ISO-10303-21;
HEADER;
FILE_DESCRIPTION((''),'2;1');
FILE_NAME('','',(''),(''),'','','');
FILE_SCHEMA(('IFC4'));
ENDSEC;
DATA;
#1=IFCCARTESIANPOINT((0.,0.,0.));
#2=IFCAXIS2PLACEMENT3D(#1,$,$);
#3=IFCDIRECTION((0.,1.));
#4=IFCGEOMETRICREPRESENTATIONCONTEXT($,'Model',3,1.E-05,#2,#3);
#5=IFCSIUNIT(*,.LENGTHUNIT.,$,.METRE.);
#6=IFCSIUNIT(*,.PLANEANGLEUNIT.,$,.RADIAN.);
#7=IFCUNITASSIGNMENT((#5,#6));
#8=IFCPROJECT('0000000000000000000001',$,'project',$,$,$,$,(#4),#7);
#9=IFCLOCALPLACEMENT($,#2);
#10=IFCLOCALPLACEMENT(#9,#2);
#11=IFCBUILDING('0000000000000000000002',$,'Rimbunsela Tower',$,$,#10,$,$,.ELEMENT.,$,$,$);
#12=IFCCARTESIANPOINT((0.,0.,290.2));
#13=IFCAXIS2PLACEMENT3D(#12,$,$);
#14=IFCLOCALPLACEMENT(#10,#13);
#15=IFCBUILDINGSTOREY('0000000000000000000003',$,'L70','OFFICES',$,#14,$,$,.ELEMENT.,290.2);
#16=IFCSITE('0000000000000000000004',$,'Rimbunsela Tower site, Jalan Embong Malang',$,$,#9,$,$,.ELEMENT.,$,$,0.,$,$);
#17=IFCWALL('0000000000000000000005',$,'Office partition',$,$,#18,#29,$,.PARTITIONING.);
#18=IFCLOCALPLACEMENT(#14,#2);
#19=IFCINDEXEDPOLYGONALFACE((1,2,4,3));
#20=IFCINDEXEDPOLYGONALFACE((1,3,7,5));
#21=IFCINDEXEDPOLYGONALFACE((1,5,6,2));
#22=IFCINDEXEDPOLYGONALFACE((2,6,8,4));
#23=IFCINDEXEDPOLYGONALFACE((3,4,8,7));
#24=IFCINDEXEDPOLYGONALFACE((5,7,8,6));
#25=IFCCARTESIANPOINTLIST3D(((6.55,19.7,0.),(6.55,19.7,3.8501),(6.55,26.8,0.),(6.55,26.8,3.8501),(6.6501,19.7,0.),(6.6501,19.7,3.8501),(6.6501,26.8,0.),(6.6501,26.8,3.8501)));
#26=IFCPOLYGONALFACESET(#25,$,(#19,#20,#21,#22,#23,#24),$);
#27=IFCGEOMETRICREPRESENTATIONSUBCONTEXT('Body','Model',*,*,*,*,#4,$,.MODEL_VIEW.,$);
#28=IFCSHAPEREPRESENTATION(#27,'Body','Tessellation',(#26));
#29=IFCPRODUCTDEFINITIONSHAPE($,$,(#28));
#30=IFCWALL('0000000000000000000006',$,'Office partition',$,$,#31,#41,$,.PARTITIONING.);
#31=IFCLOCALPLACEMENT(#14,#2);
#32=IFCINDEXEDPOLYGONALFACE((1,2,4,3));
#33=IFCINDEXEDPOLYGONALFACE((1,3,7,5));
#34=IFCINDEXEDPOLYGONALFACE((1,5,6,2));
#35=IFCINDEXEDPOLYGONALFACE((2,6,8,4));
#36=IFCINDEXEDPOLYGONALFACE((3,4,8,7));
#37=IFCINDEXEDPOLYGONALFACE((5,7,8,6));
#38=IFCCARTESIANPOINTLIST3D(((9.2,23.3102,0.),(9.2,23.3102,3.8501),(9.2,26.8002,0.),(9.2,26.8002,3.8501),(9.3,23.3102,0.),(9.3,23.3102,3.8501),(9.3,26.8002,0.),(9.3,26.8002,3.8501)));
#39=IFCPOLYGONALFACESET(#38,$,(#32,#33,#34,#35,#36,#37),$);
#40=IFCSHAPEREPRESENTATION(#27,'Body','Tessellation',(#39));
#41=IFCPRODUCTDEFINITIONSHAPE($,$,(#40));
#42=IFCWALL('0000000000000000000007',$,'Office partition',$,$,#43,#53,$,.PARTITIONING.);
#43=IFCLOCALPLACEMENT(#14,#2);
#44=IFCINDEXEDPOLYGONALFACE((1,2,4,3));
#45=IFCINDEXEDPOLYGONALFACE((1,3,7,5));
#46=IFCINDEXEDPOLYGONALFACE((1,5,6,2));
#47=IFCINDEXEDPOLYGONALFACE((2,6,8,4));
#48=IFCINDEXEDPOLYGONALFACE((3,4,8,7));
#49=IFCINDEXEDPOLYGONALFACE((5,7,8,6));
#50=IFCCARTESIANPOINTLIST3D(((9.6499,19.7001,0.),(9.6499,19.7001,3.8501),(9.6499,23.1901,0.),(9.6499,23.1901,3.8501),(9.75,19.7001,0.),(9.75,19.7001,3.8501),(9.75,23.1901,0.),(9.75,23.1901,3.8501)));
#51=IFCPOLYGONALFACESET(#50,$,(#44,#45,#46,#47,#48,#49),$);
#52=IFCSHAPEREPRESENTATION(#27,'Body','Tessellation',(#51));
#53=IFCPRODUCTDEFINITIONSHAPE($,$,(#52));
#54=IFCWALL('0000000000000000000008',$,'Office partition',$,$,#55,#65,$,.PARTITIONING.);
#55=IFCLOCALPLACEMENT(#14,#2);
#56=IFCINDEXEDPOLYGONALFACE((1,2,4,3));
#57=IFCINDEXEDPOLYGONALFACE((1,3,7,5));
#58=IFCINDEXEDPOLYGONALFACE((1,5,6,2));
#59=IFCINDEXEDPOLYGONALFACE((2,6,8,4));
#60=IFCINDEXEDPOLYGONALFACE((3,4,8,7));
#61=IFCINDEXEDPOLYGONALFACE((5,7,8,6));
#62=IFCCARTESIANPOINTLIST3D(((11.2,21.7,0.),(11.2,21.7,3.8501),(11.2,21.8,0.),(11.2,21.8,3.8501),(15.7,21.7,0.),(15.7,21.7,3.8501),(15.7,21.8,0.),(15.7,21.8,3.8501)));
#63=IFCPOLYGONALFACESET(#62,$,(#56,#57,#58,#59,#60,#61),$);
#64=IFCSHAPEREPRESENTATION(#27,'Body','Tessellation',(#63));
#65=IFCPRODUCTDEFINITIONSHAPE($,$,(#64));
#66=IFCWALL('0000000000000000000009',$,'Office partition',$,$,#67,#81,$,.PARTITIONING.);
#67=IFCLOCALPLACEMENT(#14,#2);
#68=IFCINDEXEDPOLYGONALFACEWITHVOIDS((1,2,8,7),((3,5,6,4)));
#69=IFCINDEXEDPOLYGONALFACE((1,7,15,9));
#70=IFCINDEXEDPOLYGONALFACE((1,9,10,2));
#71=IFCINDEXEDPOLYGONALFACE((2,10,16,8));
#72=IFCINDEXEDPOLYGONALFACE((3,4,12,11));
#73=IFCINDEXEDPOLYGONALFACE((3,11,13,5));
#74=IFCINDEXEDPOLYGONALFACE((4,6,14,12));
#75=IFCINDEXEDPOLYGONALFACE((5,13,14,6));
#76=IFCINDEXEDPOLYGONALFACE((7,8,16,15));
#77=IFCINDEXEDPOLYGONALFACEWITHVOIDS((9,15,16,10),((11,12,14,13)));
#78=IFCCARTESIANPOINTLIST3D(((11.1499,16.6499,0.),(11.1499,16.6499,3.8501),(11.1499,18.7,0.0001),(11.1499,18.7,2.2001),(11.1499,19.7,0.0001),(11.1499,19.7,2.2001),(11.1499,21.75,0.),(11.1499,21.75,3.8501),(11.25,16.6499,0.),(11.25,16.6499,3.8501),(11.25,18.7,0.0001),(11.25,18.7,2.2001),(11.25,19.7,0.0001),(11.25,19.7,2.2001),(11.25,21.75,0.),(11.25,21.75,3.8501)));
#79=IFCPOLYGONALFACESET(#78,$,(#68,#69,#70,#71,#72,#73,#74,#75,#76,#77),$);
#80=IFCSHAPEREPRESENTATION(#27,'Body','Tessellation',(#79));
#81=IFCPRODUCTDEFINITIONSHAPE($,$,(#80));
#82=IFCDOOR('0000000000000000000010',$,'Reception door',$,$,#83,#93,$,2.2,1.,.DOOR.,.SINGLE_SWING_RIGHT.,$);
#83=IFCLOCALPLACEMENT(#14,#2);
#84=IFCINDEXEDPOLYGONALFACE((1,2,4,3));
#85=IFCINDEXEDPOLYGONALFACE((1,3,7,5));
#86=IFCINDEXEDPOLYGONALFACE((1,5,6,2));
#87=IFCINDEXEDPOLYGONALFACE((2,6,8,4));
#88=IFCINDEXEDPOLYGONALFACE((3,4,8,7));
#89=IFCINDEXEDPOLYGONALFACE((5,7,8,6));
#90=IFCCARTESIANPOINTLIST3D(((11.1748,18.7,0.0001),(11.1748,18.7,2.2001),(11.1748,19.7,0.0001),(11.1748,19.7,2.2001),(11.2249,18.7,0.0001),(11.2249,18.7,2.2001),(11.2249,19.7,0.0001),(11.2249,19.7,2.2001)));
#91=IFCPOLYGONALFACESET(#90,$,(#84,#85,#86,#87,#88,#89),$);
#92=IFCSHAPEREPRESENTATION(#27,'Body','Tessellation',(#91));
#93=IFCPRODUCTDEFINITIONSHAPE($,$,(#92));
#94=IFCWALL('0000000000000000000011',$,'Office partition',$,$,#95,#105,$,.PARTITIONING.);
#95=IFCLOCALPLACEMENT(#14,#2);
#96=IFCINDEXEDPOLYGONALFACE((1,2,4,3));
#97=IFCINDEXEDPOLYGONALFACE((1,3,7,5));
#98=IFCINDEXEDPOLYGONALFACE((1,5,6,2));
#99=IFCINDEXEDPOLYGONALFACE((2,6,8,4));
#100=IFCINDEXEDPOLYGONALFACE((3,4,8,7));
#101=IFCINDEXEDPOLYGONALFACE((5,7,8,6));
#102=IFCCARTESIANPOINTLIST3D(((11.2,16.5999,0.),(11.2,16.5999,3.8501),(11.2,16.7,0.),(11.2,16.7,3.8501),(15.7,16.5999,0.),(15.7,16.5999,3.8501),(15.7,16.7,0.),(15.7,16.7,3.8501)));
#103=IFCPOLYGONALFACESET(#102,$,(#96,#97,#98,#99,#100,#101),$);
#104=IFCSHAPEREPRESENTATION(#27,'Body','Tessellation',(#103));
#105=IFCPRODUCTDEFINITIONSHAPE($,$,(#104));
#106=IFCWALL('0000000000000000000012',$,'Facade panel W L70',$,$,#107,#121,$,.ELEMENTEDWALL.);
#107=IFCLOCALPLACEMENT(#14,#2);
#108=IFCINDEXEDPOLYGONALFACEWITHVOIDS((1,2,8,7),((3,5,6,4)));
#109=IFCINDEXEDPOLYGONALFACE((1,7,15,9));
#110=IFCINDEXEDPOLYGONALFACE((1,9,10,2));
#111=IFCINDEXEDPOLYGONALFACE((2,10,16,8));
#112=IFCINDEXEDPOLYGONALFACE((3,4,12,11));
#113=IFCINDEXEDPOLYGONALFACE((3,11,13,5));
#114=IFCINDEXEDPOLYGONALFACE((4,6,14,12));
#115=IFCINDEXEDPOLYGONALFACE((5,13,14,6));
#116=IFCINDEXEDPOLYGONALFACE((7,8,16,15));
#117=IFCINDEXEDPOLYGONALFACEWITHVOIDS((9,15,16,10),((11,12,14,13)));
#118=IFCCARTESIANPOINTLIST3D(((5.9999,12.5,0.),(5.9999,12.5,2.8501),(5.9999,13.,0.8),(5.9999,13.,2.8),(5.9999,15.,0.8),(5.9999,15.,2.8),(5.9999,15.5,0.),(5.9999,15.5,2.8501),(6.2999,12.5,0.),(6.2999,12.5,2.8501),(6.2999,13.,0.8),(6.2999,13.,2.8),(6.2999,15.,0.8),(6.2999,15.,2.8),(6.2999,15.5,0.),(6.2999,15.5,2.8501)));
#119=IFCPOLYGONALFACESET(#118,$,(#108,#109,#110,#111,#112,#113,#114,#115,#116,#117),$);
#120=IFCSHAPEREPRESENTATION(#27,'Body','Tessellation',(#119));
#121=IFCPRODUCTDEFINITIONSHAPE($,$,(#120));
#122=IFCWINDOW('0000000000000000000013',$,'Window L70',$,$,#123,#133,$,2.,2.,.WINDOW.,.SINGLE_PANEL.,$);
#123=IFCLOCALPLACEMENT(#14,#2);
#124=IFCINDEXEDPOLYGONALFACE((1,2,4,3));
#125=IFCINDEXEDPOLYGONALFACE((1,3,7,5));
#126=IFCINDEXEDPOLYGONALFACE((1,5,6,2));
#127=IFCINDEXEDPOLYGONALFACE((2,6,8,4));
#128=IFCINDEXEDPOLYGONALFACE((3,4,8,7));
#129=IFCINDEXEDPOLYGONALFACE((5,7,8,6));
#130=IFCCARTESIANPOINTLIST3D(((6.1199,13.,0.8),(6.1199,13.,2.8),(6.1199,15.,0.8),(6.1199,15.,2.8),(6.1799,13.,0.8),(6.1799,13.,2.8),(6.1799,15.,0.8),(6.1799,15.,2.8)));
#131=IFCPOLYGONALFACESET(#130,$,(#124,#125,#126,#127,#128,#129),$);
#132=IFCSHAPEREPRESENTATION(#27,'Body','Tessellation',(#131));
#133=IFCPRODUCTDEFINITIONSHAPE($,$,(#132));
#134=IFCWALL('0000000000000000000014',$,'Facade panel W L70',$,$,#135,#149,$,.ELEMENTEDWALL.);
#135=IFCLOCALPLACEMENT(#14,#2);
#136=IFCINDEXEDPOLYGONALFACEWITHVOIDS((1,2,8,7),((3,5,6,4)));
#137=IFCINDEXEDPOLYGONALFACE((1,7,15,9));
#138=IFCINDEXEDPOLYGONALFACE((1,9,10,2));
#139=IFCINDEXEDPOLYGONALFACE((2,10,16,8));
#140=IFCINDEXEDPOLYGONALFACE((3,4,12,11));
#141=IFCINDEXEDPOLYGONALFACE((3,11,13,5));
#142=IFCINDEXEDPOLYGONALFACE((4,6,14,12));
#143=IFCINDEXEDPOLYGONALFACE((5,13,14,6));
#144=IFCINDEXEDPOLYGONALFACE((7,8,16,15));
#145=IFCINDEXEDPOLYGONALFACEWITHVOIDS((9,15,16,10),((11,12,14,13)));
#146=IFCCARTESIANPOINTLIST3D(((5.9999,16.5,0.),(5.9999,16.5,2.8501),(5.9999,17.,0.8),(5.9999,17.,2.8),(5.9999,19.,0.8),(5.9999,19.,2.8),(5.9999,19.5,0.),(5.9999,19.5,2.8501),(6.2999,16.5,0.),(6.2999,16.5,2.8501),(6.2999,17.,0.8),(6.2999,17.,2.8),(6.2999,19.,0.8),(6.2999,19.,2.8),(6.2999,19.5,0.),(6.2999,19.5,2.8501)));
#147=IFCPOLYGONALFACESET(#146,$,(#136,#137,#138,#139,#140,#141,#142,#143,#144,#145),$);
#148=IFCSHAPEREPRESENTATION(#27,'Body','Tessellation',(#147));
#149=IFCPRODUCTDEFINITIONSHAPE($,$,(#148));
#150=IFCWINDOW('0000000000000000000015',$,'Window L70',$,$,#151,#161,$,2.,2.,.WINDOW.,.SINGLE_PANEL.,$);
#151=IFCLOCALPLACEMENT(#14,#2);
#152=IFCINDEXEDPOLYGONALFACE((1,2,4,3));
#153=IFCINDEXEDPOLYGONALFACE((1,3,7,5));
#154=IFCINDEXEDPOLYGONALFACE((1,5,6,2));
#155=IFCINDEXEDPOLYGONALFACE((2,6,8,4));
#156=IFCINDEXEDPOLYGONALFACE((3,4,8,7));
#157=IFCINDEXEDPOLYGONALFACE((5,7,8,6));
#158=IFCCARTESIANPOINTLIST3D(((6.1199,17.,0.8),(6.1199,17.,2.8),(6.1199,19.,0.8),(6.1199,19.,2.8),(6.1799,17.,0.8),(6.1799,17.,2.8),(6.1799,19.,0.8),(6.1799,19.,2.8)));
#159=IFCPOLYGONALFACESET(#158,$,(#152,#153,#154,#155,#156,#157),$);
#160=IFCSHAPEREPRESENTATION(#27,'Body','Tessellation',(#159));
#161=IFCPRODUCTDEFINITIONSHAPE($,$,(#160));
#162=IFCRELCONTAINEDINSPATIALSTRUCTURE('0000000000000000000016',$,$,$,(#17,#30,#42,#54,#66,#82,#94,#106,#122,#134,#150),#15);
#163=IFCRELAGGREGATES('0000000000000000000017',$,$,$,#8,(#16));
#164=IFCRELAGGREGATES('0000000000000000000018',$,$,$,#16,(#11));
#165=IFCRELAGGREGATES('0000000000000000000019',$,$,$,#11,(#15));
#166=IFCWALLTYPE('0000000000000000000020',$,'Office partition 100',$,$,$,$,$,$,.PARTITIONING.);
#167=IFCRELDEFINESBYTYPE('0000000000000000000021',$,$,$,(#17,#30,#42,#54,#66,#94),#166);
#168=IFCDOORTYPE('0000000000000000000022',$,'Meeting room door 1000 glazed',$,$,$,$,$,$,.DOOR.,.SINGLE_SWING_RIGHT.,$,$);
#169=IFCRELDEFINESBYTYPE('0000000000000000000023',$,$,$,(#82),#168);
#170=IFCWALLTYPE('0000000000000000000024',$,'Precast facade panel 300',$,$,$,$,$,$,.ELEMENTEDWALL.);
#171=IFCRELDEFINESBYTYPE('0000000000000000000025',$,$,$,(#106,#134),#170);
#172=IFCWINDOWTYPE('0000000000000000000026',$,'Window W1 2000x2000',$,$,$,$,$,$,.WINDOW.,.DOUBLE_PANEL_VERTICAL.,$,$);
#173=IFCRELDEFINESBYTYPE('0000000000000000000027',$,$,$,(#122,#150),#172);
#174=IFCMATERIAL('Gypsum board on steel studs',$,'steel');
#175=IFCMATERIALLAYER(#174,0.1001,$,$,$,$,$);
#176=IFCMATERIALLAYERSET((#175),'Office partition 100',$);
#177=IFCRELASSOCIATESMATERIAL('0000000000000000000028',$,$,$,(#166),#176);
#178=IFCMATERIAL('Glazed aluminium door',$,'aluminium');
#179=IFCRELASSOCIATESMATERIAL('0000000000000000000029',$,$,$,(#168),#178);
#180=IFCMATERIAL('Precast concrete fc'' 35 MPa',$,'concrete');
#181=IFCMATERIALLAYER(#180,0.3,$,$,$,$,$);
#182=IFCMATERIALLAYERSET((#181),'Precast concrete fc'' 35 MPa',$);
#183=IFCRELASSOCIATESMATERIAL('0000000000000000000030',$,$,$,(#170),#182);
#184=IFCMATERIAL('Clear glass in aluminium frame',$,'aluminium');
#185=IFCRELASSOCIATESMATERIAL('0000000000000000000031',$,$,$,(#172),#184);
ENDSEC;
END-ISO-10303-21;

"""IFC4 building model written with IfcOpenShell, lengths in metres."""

from ifc_helpers import new_model, si_unit, direction, frame, frame_2d, origin, place, context, subcontext, project, spatial, rectangle, extrude, material, layer, layer_set, type_object, element, fill, save


model = new_model("IFC4")

# Units and contexts
model_context = context("Model", 3, precision=1e-05, world=origin(), true_north=direction((0.0, 1.0)))
body_context = subcontext(model_context, "Body", "Model", "MODEL_VIEW")
ifc_project = project(units=[si_unit("LENGTHUNIT", "METRE"), si_unit("PLANEANGLEUNIT", "RADIAN")], contexts=[model_context])

# Site, building, storey
site_placement = place(None, origin())
site = spatial("IfcSite", under=ifc_project, at=site_placement, Name="Rimbunsela Tower site, Jalan Embong Malang", CompositionType="ELEMENT", RefElevation=0.0)
building_placement = place(site_placement, origin())
building = spatial("IfcBuilding", under=site, at=building_placement, Name="Rimbunsela Tower", CompositionType="ELEMENT")
storey_placement = place(building_placement, frame((0.0, 0.0, 290.2)))
storey = spatial("IfcBuildingStorey", under=building, at=storey_placement, Name="L70", Description="OFFICES", CompositionType="ELEMENT", Elevation=290.2)

# Shared definitions
ifc_material_1 = material(Name="Gypsum board on steel studs", Category="steel")
ifc_layer_1 = layer(ifc_material_1, 0.1001)
ifc_layer_set_1 = layer_set([ifc_layer_1], Name="Office partition 100")
wall_type_1 = type_object("IfcWallType", Name="Office partition 100", PredefinedType="PARTITIONING", material=ifc_layer_set_1)

# Walls
wall_1_placement = place(storey_placement, frame((6.6001, 19.7, 0.0), z_axis=(0.0, 0.0, 1.0), x_axis=(0.0, 1.0, 0.0)))
element("IfcWall", 1, at=wall_1_placement, inside=storey, type_object=wall_type_1, Name="Office partition", PredefinedType="PARTITIONING", context=body_context, shape_type="SweptSolid", body=[
    extrude(rectangle(XDim=7.1001, YDim=0.1001, at=frame_2d((3.55, 0.0))), origin(), (0.0, 0.0, 1.0), 3.8501),
])
for number, where, z_axis, x_axis, name in (
    (2, (9.25, 23.3101, 0.0), (0.0, 0.0, 1.0), (0.0, 1.0, 0.0), "Office partition"),
    (3, (9.7, 19.7, 0.0), (0.0, 0.0, 1.0), (0.0, 1.0, 0.0), "Office partition"),
):
    element("IfcWall", number, at=place(storey_placement, frame(where, z_axis=z_axis, x_axis=x_axis)), inside=storey, type_object=wall_type_1, Name=name, PredefinedType="PARTITIONING", context=body_context, shape_type="SweptSolid", body=[
        extrude(rectangle(XDim=3.49, YDim=0.1001, at=frame_2d((1.7451, 0.0))), origin(), (0.0, 0.0, 1.0), 3.8501),
    ])
wall_2_placement = place(storey_placement, frame((15.7, 21.75, 0.0), z_axis=(0.0, 0.0, 1.0), x_axis=(-1.0, 0.0, 0.0)))
element("IfcWall", 4, at=wall_2_placement, inside=storey, type_object=wall_type_1, Name="Office partition", PredefinedType="PARTITIONING", context=body_context, shape_type="SweptSolid", body=[
    extrude(rectangle(XDim=4.5, YDim=0.1001, at=frame_2d((2.25, 0.0))), origin(), (0.0, 0.0, 1.0), 3.8501),
])

# Wall, opening, door
wall_3_placement = place(storey_placement, frame((11.2, 21.75, 0.0), z_axis=(0.0, 0.0, 1.0), x_axis=(0.0, -1.0, 0.0)))
wall_3 = element("IfcWall", 5, at=wall_3_placement, inside=storey, type_object=wall_type_1, Name="Office partition", PredefinedType="PARTITIONING", context=body_context, shape_type="SweptSolid", body=[
    extrude(rectangle(XDim=5.1001, YDim=0.1001, at=frame_2d((2.55, 0.0))), origin(), (0.0, 0.0, 1.0), 3.8501),
])
opening_1_placement = place(wall_3_placement, frame((2.05, 0.0, 0.0)))
opening_1 = element("IfcOpeningElement", 6, at=opening_1_placement, cuts=wall_3, PredefinedType="OPENING", context=body_context, shape_type="SweptSolid", body=[
    extrude(rectangle(XDim=1.0, YDim=2.2, at=frame_2d((0.5, 1.1001))), frame((0.0, 0.0601, 0.0), z_axis=(0.0, -1.0, 0.0), x_axis=(1.0, 0.0, 0.0)), (0.0, 0.0, 1.0), 0.1201),
])
ifc_material_2 = material(Name="Glazed aluminium door", Category="aluminium")
door_type_1 = type_object("IfcDoorType", Name="Meeting room door 1000 glazed", OperationType="SINGLE_SWING_RIGHT", PredefinedType="DOOR", material=ifc_material_2)
door_1_placement = place(opening_1_placement, origin())
door_1 = element("IfcDoor", 7, at=door_1_placement, inside=storey, type_object=door_type_1, Name="Reception door", OperationType="SINGLE_SWING_RIGHT", OverallHeight=2.2, OverallWidth=1.0, PredefinedType="DOOR", context=body_context, shape_type="SweptSolid", body=[
    extrude(rectangle(XDim=1.0, YDim=2.2, at=frame_2d((0.5, 1.1001))), frame((0.0, 0.0249, 0.0), z_axis=(0.0, -1.0, 0.0), x_axis=(1.0, 0.0, 0.0)), (0.0, 0.0, 1.0), 0.05),
])
fill(opening_1, door_1)

# Wall
wall_4_placement = place(storey_placement, frame((11.2, 16.6499, 0.0), z_axis=(0.0, 0.0, 1.0), x_axis=(1.0, 0.0, 0.0)))
element("IfcWall", 8, at=wall_4_placement, inside=storey, type_object=wall_type_1, Name="Office partition", PredefinedType="PARTITIONING", context=body_context, shape_type="SweptSolid", body=[
    extrude(rectangle(XDim=4.5, YDim=0.1001, at=frame_2d((2.25, 0.0))), origin(), (0.0, 0.0, 1.0), 3.8501),
])

# Walls, openings, windows
ifc_material_3 = material(Name="Precast concrete fc' 35 MPa", Category="concrete")
ifc_layer_2 = layer(ifc_material_3, 0.3)
ifc_layer_set_2 = layer_set([ifc_layer_2], Name="Precast concrete fc' 35 MPa")
wall_type_2 = type_object("IfcWallType", Name="Precast facade panel 300", PredefinedType="ELEMENTEDWALL", material=ifc_layer_set_2)
wall_5_placement = place(storey_placement, frame((6.1499, 15.5, 0.0), z_axis=(0.0, 0.0, 1.0), x_axis=(0.0, -1.0, 0.0)))
wall_5 = element("IfcWall", 9, at=wall_5_placement, inside=storey, type_object=wall_type_2, Name="Facade panel W L70", PredefinedType="ELEMENTEDWALL", context=body_context, shape_type="SweptSolid", body=[
    extrude(rectangle(XDim=3.0, YDim=0.3, at=frame_2d((1.5, 0.0))), origin(), (0.0, 0.0, 1.0), 2.8501),
])
opening_2_placement = place(wall_5_placement, frame((0.5, 0.0, 0.8)))
opening_2 = element("IfcOpeningElement", 10, at=opening_2_placement, cuts=wall_5, PredefinedType="OPENING", context=body_context, shape_type="SweptSolid", body=[
    extrude(rectangle(XDim=2.0, YDim=2.0, at=frame_2d((1.0, 1.0))), frame((0.0, 0.1599, 0.0), z_axis=(0.0, -1.0, 0.0), x_axis=(1.0, 0.0, 0.0)), (0.0, 0.0, 1.0), 0.3201),
])
ifc_material_4 = material(Name="Clear glass in aluminium frame", Category="aluminium")
window_type = type_object("IfcWindowType", Name="Window W1 2000x2000", PartitioningType="DOUBLE_PANEL_VERTICAL", PredefinedType="WINDOW", material=ifc_material_4)
window_1_placement = place(opening_2_placement, origin())
window_1 = element("IfcWindow", 11, at=window_1_placement, inside=storey, type_object=window_type, Name="Window L70", OverallHeight=2.0, OverallWidth=2.0, PartitioningType="SINGLE_PANEL", PredefinedType="WINDOW", context=body_context, shape_type="SweptSolid", body=[
    extrude(rectangle(XDim=2.0, YDim=2.0, at=frame_2d((1.0, 1.0))), frame((0.0, 0.03, 0.0), z_axis=(0.0, -1.0, 0.0), x_axis=(1.0, 0.0, 0.0)), (0.0, 0.0, 1.0), 0.0601),
])
fill(opening_2, window_1)
wall_6_placement = place(storey_placement, frame((6.1499, 19.5, 0.0), z_axis=(0.0, 0.0, 1.0), x_axis=(0.0, -1.0, 0.0)))
wall_6 = element("IfcWall", 12, at=wall_6_placement, inside=storey, type_object=wall_type_2, Name="Facade panel W L70", PredefinedType="ELEMENTEDWALL", context=body_context, shape_type="SweptSolid", body=[
    extrude(rectangle(XDim=3.0, YDim=0.3, at=frame_2d((1.5, 0.0))), origin(), (0.0, 0.0, 1.0), 2.8501),
])
opening_3_placement = place(wall_6_placement, frame((0.5, 0.0, 0.8)))
opening_3 = element("IfcOpeningElement", 13, at=opening_3_placement, cuts=wall_6, PredefinedType="OPENING", context=body_context, shape_type="SweptSolid", body=[
    extrude(rectangle(XDim=2.0, YDim=2.0, at=frame_2d((1.0, 1.0))), frame((0.0, 0.1599, 0.0), z_axis=(0.0, -1.0, 0.0), x_axis=(1.0, 0.0, 0.0)), (0.0, 0.0, 1.0), 0.3201),
])
window_2_placement = place(opening_3_placement, origin())
window_2 = element("IfcWindow", 14, at=window_2_placement, inside=storey, type_object=window_type, Name="Window L70", OverallHeight=2.0, OverallWidth=2.0, PartitioningType="SINGLE_PANEL", PredefinedType="WINDOW", context=body_context, shape_type="SweptSolid", body=[
    extrude(rectangle(XDim=2.0, YDim=2.0, at=frame_2d((1.0, 1.0))), frame((0.0, 0.03, 0.0), z_axis=(0.0, -1.0, 0.0), x_axis=(1.0, 0.0, 0.0)), (0.0, 0.0, 1.0), 0.0601),
])
fill(opening_3, window_2)

save(model, "model.ifc")
